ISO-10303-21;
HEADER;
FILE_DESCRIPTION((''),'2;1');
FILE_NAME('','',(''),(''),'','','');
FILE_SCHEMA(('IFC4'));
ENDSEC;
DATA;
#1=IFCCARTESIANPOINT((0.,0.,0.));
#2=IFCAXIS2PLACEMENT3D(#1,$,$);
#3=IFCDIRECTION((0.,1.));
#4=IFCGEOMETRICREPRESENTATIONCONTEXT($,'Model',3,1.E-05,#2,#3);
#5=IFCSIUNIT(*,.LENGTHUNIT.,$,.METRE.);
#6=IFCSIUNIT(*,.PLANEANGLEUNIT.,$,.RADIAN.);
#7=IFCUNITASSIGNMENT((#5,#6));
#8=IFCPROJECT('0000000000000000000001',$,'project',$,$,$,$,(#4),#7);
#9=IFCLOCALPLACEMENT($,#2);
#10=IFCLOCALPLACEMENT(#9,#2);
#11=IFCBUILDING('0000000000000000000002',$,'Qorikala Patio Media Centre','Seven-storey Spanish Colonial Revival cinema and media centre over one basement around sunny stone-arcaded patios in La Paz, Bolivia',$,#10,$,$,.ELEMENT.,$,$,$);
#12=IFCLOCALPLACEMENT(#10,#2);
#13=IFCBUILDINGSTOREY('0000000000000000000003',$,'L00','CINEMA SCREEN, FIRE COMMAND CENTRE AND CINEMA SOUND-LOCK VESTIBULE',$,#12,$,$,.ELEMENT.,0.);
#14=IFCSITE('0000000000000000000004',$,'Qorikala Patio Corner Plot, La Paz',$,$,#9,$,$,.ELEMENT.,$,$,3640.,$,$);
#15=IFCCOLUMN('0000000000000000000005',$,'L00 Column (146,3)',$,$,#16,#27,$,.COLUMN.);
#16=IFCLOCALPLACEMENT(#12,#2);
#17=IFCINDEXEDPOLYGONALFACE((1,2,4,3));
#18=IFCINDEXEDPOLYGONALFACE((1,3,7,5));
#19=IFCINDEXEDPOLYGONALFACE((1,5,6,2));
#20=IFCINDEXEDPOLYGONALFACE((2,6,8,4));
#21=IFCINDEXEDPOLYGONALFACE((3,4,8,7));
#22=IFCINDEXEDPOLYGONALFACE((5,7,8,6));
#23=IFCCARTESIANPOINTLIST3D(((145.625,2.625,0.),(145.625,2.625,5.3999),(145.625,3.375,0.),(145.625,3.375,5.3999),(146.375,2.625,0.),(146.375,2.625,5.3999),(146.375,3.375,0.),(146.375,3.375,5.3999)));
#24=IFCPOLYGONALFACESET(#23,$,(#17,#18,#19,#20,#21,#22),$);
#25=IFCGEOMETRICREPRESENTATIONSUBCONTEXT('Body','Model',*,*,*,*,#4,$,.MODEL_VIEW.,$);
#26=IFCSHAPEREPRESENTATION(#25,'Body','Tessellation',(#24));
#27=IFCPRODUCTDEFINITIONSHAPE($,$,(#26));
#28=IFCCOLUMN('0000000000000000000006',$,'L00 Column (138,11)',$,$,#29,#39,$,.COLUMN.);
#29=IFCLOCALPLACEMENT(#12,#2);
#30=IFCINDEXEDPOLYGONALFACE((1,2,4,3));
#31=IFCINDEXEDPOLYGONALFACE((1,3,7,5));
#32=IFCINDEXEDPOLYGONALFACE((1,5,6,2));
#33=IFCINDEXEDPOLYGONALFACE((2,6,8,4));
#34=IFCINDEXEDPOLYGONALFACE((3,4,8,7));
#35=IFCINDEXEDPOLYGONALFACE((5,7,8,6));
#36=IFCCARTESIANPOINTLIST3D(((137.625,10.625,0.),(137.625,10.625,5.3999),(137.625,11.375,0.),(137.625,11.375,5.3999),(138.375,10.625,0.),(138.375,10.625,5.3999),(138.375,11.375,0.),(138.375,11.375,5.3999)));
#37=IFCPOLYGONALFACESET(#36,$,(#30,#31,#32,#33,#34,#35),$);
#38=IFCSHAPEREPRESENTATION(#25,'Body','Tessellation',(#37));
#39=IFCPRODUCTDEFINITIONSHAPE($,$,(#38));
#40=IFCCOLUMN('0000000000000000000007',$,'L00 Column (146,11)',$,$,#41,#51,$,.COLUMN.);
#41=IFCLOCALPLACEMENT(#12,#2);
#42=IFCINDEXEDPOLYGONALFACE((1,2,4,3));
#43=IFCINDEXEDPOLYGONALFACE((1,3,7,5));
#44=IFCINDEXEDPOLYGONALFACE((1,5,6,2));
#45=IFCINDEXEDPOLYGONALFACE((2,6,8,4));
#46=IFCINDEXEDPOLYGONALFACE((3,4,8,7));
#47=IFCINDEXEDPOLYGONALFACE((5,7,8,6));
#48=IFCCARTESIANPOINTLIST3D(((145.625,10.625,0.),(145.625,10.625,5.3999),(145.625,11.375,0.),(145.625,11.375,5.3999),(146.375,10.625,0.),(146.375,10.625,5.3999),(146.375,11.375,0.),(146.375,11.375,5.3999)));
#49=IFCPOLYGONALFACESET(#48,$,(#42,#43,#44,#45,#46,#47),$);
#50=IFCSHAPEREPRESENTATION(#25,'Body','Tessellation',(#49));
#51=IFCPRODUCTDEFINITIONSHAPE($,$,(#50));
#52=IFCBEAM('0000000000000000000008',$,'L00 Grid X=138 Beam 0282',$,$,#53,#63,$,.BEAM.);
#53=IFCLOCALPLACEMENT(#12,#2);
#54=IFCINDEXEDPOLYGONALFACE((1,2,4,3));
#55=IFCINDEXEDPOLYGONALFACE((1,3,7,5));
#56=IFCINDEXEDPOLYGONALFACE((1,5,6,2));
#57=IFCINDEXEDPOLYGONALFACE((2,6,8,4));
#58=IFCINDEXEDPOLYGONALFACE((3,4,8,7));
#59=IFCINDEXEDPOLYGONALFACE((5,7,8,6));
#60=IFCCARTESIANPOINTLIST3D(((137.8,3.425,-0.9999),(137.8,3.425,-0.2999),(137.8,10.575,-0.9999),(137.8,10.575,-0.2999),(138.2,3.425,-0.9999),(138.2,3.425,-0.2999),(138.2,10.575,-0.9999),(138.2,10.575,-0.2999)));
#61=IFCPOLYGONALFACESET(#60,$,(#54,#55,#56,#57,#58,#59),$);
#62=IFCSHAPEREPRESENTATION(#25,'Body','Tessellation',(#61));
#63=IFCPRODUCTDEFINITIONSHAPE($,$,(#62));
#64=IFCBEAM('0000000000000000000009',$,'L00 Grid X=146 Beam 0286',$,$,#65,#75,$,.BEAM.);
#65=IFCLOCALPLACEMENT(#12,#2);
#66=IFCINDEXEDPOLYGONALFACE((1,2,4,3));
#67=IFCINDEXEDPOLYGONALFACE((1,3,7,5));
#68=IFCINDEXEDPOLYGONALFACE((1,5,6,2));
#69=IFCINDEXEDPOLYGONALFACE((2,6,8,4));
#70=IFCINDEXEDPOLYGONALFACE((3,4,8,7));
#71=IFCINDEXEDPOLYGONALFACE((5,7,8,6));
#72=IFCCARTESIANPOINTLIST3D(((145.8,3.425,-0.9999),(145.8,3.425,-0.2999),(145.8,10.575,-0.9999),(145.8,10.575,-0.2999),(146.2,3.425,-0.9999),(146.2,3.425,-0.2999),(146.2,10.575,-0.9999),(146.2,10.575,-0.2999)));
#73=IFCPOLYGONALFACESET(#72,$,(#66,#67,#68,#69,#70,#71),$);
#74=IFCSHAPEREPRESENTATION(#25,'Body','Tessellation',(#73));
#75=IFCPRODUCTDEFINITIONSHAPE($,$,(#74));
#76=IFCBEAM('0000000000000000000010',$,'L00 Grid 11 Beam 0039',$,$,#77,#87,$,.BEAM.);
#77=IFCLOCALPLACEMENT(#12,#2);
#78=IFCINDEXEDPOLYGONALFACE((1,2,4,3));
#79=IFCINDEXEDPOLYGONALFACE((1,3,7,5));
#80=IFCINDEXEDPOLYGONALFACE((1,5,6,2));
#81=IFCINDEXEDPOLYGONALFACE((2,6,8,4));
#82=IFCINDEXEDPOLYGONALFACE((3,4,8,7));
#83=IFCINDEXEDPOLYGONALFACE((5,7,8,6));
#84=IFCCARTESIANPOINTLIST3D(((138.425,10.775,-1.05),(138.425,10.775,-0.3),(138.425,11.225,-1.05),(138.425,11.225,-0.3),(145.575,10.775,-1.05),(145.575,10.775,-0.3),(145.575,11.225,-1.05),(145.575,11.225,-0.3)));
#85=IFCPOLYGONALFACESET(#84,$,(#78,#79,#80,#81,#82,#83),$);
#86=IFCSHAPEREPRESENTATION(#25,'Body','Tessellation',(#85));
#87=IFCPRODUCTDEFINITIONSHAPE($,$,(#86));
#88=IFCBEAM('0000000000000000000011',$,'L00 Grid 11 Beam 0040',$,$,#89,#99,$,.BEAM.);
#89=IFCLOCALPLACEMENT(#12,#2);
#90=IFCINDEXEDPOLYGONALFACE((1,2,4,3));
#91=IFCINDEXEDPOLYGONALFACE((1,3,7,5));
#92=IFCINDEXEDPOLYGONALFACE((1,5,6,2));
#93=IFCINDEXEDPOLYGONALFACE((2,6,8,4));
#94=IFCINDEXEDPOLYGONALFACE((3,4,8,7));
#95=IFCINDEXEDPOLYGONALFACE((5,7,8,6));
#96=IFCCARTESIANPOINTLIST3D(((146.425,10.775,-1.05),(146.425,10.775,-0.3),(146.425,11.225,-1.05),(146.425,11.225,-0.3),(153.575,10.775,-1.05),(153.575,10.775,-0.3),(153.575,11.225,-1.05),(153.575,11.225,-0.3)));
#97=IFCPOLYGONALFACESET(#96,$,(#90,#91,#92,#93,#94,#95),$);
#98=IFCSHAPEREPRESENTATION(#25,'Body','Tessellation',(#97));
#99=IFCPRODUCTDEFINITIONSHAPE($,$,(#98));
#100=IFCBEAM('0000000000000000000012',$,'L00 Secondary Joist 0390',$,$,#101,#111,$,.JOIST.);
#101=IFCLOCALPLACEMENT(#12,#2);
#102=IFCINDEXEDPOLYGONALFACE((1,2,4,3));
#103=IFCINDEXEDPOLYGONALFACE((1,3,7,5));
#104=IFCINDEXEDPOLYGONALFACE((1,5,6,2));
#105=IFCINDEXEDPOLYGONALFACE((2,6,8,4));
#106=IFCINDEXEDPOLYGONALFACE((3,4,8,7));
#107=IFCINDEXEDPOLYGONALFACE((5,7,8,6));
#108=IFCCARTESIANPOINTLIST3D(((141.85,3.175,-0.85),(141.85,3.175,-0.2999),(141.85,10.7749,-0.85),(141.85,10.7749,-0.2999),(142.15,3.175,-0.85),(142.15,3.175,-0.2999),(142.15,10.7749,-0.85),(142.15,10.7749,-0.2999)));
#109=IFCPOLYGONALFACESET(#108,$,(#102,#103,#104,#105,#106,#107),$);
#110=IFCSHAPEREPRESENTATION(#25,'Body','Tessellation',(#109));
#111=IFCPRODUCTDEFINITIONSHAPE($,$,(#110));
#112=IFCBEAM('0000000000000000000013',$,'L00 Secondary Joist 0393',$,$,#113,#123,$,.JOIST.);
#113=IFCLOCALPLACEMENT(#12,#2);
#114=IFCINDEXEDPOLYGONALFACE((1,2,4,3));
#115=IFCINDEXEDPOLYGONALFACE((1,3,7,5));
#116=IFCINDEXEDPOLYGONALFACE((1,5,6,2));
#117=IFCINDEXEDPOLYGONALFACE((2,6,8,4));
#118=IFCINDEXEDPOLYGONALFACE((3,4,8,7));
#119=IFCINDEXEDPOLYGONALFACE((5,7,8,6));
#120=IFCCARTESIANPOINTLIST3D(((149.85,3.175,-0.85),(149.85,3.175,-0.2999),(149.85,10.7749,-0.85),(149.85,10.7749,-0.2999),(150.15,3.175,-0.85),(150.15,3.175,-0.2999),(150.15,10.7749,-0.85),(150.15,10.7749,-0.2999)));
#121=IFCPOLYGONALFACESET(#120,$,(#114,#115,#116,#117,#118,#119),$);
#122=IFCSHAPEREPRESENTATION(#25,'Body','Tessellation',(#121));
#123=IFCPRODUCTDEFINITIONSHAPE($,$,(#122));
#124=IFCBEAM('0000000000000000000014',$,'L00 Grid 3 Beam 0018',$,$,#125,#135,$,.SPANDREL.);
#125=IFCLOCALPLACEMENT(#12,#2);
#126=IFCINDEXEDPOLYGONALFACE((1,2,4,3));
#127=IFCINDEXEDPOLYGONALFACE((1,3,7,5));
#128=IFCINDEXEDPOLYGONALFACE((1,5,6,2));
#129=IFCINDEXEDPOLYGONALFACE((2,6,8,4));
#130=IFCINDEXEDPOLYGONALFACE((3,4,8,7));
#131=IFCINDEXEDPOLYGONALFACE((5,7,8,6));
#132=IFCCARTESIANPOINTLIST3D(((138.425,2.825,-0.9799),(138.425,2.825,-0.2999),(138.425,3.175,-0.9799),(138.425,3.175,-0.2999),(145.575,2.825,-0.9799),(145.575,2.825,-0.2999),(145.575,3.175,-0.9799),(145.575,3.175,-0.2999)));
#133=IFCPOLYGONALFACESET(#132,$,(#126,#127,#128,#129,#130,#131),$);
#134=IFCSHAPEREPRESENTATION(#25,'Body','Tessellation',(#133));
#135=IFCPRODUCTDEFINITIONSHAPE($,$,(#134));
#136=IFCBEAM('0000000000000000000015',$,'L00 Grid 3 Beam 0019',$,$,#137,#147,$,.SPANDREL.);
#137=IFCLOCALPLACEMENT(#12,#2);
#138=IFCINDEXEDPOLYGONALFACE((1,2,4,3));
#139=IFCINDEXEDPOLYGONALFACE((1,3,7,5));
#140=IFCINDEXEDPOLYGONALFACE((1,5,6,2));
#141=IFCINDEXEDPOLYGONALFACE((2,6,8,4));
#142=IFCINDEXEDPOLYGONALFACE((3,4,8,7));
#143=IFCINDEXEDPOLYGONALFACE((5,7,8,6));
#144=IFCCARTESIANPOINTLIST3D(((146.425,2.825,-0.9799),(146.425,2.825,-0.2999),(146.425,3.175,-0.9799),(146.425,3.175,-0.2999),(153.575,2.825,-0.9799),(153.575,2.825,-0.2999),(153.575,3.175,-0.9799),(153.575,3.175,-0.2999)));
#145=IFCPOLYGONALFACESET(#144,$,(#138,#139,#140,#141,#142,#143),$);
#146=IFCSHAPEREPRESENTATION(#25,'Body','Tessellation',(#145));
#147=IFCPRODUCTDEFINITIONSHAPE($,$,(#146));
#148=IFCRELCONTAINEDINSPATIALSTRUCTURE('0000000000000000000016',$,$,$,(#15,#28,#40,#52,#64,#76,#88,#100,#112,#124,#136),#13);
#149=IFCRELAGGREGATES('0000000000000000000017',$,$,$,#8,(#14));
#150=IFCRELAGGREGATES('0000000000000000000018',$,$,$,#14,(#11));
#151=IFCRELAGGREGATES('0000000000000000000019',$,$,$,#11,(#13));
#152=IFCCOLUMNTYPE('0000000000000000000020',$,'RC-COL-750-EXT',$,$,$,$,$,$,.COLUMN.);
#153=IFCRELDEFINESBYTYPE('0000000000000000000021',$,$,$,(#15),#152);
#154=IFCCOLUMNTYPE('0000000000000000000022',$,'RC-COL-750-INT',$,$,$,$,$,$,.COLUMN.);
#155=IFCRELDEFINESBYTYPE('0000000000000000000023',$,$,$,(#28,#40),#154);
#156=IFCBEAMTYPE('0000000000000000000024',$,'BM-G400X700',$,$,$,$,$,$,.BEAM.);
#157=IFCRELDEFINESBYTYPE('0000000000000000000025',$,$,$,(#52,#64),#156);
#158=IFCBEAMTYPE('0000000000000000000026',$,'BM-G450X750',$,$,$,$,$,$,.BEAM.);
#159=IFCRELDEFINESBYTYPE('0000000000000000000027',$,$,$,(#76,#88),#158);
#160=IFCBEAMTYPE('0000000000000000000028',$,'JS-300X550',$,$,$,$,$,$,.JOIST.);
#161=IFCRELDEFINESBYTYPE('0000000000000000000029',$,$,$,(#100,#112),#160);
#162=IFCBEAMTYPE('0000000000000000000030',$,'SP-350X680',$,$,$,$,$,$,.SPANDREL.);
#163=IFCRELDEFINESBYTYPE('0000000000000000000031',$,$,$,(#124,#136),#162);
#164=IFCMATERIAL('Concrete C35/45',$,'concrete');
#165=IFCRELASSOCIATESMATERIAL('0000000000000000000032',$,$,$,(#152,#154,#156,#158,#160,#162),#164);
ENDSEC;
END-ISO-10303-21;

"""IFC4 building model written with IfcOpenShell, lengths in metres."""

from ifc_helpers import new_model, si_unit, direction, frame, origin, origin_2d, place, context, subcontext, project, spatial, rectangle, extrude, material, material_profile, profile_set, type_object, element, save


model = new_model("IFC4")

# Units and contexts
model_context = context("Model", 3, precision=1e-05, world=origin(), true_north=direction((0.0, 1.0)))
body_context = subcontext(model_context, "Body", "Model", "MODEL_VIEW")
ifc_project = project(units=[si_unit("LENGTHUNIT", "METRE"), si_unit("PLANEANGLEUNIT", "RADIAN")], contexts=[model_context])

# Site, building, storey
site_placement = place(None, origin())
site = spatial("IfcSite", under=ifc_project, at=site_placement, Name="Qorikala Patio Corner Plot, La Paz", CompositionType="ELEMENT", RefElevation=3640.0)
building_placement = place(site_placement, origin())
building = spatial("IfcBuilding", under=site, at=building_placement, Name="Qorikala Patio Media Centre", Description="Seven-storey Spanish Colonial Revival cinema and media centre over one basement around sunny stone-arcaded patios in La Paz, Bolivia", CompositionType="ELEMENT")
storey_placement = place(building_placement, origin())
storey = spatial("IfcBuildingStorey", under=building, at=storey_placement, Name="L00", Description="CINEMA SCREEN, FIRE COMMAND CENTRE AND CINEMA SOUND-LOCK VESTIBULE", CompositionType="ELEMENT", Elevation=0.0)

# Columns
ifc_material_1 = material(Name="Concrete C35/45", Category="concrete")
ifc_material_profile_1 = material_profile(ifc_material_1, rectangle(XDim=0.75, YDim=0.75, at=origin_2d()), Name="RC 750x750")
ifc_profile_set_1 = profile_set([ifc_material_profile_1], Name="Concrete C35/45")
column_type_1 = type_object("IfcColumnType", Name="RC-COL-750-EXT", PredefinedType="COLUMN", material=ifc_profile_set_1)
column_placement = place(storey_placement, frame((146.0, 3.0, 0.0), z_axis=(0.0, 0.0, 1.0), x_axis=(1.0, 0.0, 0.0)))
element("IfcColumn", 1, at=column_placement, inside=storey, type_object=column_type_1, Name="L00 Column (146,3)", PredefinedType="COLUMN", context=body_context, shape_type="SweptSolid", body=[
    extrude(rectangle(XDim=0.75, YDim=0.75, at=origin_2d()), origin(), (0.0, 0.0, 1.0), 5.3999),
])
ifc_material_profile_2 = material_profile(ifc_material_1, rectangle(XDim=0.75, YDim=0.75, at=origin_2d()), Name="RC 750x750")
ifc_profile_set_2 = profile_set([ifc_material_profile_2], Name="Concrete C35/45")
column_type_2 = type_object("IfcColumnType", Name="RC-COL-750-INT", PredefinedType="COLUMN", material=ifc_profile_set_2)
for number, where, z_axis, x_axis, name in (
    (2, (138.0, 11.0, 0.0), (0.0, 0.0, 1.0), (1.0, 0.0, 0.0), "L00 Column (138,11)"),
    (3, (146.0, 11.0, 0.0), (0.0, 0.0, 1.0), (1.0, 0.0, 0.0), "L00 Column (146,11)"),
):
    element("IfcColumn", number, at=place(storey_placement, frame(where, z_axis=z_axis, x_axis=x_axis)), inside=storey, type_object=column_type_2, Name=name, PredefinedType="COLUMN", context=body_context, shape_type="SweptSolid", body=[
        extrude(rectangle(XDim=0.75, YDim=0.75, at=origin_2d()), origin(), (0.0, 0.0, 1.0), 5.3999),
    ])

# Beams
ifc_material_profile_3 = material_profile(ifc_material_1, rectangle(XDim=0.3999, YDim=0.7, at=origin_2d()), Name="RC 400x700")
ifc_profile_set_3 = profile_set([ifc_material_profile_3], Name="Concrete C35/45")
beam_type_1 = type_object("IfcBeamType", Name="BM-G400X700", PredefinedType="BEAM", material=ifc_profile_set_3)
for number, where, z_axis, x_axis, name in (
    (4, (138.0, 3.425, -0.6499), (0.0, 1.0, 0.0), (-1.0, 0.0, 0.0), "L00 Grid X=138 Beam 0282"),
    (5, (146.0, 3.425, -0.6499), (0.0, 1.0, 0.0), (-1.0, 0.0, 0.0), "L00 Grid X=146 Beam 0286"),
):
    element("IfcBeam", number, at=place(storey_placement, frame(where, z_axis=z_axis, x_axis=x_axis)), inside=storey, type_object=beam_type_1, Name=name, PredefinedType="BEAM", context=body_context, shape_type="SweptSolid", body=[
        extrude(rectangle(XDim=0.3999, YDim=0.7, at=origin_2d()), origin(), (0.0, 0.0, 1.0), 7.1499),
    ])
ifc_material_profile_4 = material_profile(ifc_material_1, rectangle(XDim=0.45, YDim=0.75, at=origin_2d()), Name="RC 450x750")
ifc_profile_set_4 = profile_set([ifc_material_profile_4], Name="Concrete C35/45")
beam_type_2 = type_object("IfcBeamType", Name="BM-G450X750", PredefinedType="BEAM", material=ifc_profile_set_4)
for number, where, z_axis, x_axis, name in (
    (6, (138.425, 11.0, -0.675), (1.0, 0.0, 0.0), (0.0, 1.0, 0.0), "L00 Grid 11 Beam 0039"),
    (7, (146.425, 11.0, -0.675), (1.0, 0.0, 0.0), (0.0, 1.0, 0.0), "L00 Grid 11 Beam 0040"),
):
    element("IfcBeam", number, at=place(storey_placement, frame(where, z_axis=z_axis, x_axis=x_axis)), inside=storey, type_object=beam_type_2, Name=name, PredefinedType="BEAM", context=body_context, shape_type="SweptSolid", body=[
        extrude(rectangle(XDim=0.45, YDim=0.75, at=origin_2d()), origin(), (0.0, 0.0, 1.0), 7.1499),
    ])
ifc_material_profile_5 = material_profile(ifc_material_1, rectangle(XDim=0.3, YDim=0.55, at=origin_2d()), Name="RC 300x550")
ifc_profile_set_5 = profile_set([ifc_material_profile_5], Name="Concrete C35/45")
beam_type_3 = type_object("IfcBeamType", Name="JS-300X550", PredefinedType="JOIST", material=ifc_profile_set_5)
for number, where, z_axis, x_axis, name in (
    (8, (142.0, 3.175, -0.575), (0.0, 1.0, 0.0), (-1.0, 0.0, 0.0), "L00 Secondary Joist 0390"),
    (9, (150.0, 3.175, -0.575), (0.0, 1.0, 0.0), (-1.0, 0.0, 0.0), "L00 Secondary Joist 0393"),
):
    element("IfcBeam", number, at=place(storey_placement, frame(where, z_axis=z_axis, x_axis=x_axis)), inside=storey, type_object=beam_type_3, Name=name, PredefinedType="JOIST", context=body_context, shape_type="SweptSolid", body=[
        extrude(rectangle(XDim=0.3, YDim=0.55, at=origin_2d()), origin(), (0.0, 0.0, 1.0), 7.5999),
    ])
ifc_material_profile_6 = material_profile(ifc_material_1, rectangle(XDim=0.3501, YDim=0.6799, at=origin_2d()), Name="RC 350x680")
ifc_profile_set_6 = profile_set([ifc_material_profile_6], Name="Concrete C35/45")
beam_type_4 = type_object("IfcBeamType", Name="SP-350X680", PredefinedType="SPANDREL", material=ifc_profile_set_6)
for number, where, z_axis, x_axis, name in (
    (10, (138.425, 3.0, -0.6399), (1.0, 0.0, 0.0), (0.0, 1.0, 0.0), "L00 Grid 3 Beam 0018"),
    (11, (146.425, 3.0, -0.6399), (1.0, 0.0, 0.0), (0.0, 1.0, 0.0), "L00 Grid 3 Beam 0019"),
):
    element("IfcBeam", number, at=place(storey_placement, frame(where, z_axis=z_axis, x_axis=x_axis)), inside=storey, type_object=beam_type_4, Name=name, PredefinedType="SPANDREL", context=body_context, shape_type="SweptSolid", body=[
        extrude(rectangle(XDim=0.3501, YDim=0.6799, at=origin_2d()), origin(), (0.0, 0.0, 1.0), 7.1499),
    ])

save(model, "model.ifc")
